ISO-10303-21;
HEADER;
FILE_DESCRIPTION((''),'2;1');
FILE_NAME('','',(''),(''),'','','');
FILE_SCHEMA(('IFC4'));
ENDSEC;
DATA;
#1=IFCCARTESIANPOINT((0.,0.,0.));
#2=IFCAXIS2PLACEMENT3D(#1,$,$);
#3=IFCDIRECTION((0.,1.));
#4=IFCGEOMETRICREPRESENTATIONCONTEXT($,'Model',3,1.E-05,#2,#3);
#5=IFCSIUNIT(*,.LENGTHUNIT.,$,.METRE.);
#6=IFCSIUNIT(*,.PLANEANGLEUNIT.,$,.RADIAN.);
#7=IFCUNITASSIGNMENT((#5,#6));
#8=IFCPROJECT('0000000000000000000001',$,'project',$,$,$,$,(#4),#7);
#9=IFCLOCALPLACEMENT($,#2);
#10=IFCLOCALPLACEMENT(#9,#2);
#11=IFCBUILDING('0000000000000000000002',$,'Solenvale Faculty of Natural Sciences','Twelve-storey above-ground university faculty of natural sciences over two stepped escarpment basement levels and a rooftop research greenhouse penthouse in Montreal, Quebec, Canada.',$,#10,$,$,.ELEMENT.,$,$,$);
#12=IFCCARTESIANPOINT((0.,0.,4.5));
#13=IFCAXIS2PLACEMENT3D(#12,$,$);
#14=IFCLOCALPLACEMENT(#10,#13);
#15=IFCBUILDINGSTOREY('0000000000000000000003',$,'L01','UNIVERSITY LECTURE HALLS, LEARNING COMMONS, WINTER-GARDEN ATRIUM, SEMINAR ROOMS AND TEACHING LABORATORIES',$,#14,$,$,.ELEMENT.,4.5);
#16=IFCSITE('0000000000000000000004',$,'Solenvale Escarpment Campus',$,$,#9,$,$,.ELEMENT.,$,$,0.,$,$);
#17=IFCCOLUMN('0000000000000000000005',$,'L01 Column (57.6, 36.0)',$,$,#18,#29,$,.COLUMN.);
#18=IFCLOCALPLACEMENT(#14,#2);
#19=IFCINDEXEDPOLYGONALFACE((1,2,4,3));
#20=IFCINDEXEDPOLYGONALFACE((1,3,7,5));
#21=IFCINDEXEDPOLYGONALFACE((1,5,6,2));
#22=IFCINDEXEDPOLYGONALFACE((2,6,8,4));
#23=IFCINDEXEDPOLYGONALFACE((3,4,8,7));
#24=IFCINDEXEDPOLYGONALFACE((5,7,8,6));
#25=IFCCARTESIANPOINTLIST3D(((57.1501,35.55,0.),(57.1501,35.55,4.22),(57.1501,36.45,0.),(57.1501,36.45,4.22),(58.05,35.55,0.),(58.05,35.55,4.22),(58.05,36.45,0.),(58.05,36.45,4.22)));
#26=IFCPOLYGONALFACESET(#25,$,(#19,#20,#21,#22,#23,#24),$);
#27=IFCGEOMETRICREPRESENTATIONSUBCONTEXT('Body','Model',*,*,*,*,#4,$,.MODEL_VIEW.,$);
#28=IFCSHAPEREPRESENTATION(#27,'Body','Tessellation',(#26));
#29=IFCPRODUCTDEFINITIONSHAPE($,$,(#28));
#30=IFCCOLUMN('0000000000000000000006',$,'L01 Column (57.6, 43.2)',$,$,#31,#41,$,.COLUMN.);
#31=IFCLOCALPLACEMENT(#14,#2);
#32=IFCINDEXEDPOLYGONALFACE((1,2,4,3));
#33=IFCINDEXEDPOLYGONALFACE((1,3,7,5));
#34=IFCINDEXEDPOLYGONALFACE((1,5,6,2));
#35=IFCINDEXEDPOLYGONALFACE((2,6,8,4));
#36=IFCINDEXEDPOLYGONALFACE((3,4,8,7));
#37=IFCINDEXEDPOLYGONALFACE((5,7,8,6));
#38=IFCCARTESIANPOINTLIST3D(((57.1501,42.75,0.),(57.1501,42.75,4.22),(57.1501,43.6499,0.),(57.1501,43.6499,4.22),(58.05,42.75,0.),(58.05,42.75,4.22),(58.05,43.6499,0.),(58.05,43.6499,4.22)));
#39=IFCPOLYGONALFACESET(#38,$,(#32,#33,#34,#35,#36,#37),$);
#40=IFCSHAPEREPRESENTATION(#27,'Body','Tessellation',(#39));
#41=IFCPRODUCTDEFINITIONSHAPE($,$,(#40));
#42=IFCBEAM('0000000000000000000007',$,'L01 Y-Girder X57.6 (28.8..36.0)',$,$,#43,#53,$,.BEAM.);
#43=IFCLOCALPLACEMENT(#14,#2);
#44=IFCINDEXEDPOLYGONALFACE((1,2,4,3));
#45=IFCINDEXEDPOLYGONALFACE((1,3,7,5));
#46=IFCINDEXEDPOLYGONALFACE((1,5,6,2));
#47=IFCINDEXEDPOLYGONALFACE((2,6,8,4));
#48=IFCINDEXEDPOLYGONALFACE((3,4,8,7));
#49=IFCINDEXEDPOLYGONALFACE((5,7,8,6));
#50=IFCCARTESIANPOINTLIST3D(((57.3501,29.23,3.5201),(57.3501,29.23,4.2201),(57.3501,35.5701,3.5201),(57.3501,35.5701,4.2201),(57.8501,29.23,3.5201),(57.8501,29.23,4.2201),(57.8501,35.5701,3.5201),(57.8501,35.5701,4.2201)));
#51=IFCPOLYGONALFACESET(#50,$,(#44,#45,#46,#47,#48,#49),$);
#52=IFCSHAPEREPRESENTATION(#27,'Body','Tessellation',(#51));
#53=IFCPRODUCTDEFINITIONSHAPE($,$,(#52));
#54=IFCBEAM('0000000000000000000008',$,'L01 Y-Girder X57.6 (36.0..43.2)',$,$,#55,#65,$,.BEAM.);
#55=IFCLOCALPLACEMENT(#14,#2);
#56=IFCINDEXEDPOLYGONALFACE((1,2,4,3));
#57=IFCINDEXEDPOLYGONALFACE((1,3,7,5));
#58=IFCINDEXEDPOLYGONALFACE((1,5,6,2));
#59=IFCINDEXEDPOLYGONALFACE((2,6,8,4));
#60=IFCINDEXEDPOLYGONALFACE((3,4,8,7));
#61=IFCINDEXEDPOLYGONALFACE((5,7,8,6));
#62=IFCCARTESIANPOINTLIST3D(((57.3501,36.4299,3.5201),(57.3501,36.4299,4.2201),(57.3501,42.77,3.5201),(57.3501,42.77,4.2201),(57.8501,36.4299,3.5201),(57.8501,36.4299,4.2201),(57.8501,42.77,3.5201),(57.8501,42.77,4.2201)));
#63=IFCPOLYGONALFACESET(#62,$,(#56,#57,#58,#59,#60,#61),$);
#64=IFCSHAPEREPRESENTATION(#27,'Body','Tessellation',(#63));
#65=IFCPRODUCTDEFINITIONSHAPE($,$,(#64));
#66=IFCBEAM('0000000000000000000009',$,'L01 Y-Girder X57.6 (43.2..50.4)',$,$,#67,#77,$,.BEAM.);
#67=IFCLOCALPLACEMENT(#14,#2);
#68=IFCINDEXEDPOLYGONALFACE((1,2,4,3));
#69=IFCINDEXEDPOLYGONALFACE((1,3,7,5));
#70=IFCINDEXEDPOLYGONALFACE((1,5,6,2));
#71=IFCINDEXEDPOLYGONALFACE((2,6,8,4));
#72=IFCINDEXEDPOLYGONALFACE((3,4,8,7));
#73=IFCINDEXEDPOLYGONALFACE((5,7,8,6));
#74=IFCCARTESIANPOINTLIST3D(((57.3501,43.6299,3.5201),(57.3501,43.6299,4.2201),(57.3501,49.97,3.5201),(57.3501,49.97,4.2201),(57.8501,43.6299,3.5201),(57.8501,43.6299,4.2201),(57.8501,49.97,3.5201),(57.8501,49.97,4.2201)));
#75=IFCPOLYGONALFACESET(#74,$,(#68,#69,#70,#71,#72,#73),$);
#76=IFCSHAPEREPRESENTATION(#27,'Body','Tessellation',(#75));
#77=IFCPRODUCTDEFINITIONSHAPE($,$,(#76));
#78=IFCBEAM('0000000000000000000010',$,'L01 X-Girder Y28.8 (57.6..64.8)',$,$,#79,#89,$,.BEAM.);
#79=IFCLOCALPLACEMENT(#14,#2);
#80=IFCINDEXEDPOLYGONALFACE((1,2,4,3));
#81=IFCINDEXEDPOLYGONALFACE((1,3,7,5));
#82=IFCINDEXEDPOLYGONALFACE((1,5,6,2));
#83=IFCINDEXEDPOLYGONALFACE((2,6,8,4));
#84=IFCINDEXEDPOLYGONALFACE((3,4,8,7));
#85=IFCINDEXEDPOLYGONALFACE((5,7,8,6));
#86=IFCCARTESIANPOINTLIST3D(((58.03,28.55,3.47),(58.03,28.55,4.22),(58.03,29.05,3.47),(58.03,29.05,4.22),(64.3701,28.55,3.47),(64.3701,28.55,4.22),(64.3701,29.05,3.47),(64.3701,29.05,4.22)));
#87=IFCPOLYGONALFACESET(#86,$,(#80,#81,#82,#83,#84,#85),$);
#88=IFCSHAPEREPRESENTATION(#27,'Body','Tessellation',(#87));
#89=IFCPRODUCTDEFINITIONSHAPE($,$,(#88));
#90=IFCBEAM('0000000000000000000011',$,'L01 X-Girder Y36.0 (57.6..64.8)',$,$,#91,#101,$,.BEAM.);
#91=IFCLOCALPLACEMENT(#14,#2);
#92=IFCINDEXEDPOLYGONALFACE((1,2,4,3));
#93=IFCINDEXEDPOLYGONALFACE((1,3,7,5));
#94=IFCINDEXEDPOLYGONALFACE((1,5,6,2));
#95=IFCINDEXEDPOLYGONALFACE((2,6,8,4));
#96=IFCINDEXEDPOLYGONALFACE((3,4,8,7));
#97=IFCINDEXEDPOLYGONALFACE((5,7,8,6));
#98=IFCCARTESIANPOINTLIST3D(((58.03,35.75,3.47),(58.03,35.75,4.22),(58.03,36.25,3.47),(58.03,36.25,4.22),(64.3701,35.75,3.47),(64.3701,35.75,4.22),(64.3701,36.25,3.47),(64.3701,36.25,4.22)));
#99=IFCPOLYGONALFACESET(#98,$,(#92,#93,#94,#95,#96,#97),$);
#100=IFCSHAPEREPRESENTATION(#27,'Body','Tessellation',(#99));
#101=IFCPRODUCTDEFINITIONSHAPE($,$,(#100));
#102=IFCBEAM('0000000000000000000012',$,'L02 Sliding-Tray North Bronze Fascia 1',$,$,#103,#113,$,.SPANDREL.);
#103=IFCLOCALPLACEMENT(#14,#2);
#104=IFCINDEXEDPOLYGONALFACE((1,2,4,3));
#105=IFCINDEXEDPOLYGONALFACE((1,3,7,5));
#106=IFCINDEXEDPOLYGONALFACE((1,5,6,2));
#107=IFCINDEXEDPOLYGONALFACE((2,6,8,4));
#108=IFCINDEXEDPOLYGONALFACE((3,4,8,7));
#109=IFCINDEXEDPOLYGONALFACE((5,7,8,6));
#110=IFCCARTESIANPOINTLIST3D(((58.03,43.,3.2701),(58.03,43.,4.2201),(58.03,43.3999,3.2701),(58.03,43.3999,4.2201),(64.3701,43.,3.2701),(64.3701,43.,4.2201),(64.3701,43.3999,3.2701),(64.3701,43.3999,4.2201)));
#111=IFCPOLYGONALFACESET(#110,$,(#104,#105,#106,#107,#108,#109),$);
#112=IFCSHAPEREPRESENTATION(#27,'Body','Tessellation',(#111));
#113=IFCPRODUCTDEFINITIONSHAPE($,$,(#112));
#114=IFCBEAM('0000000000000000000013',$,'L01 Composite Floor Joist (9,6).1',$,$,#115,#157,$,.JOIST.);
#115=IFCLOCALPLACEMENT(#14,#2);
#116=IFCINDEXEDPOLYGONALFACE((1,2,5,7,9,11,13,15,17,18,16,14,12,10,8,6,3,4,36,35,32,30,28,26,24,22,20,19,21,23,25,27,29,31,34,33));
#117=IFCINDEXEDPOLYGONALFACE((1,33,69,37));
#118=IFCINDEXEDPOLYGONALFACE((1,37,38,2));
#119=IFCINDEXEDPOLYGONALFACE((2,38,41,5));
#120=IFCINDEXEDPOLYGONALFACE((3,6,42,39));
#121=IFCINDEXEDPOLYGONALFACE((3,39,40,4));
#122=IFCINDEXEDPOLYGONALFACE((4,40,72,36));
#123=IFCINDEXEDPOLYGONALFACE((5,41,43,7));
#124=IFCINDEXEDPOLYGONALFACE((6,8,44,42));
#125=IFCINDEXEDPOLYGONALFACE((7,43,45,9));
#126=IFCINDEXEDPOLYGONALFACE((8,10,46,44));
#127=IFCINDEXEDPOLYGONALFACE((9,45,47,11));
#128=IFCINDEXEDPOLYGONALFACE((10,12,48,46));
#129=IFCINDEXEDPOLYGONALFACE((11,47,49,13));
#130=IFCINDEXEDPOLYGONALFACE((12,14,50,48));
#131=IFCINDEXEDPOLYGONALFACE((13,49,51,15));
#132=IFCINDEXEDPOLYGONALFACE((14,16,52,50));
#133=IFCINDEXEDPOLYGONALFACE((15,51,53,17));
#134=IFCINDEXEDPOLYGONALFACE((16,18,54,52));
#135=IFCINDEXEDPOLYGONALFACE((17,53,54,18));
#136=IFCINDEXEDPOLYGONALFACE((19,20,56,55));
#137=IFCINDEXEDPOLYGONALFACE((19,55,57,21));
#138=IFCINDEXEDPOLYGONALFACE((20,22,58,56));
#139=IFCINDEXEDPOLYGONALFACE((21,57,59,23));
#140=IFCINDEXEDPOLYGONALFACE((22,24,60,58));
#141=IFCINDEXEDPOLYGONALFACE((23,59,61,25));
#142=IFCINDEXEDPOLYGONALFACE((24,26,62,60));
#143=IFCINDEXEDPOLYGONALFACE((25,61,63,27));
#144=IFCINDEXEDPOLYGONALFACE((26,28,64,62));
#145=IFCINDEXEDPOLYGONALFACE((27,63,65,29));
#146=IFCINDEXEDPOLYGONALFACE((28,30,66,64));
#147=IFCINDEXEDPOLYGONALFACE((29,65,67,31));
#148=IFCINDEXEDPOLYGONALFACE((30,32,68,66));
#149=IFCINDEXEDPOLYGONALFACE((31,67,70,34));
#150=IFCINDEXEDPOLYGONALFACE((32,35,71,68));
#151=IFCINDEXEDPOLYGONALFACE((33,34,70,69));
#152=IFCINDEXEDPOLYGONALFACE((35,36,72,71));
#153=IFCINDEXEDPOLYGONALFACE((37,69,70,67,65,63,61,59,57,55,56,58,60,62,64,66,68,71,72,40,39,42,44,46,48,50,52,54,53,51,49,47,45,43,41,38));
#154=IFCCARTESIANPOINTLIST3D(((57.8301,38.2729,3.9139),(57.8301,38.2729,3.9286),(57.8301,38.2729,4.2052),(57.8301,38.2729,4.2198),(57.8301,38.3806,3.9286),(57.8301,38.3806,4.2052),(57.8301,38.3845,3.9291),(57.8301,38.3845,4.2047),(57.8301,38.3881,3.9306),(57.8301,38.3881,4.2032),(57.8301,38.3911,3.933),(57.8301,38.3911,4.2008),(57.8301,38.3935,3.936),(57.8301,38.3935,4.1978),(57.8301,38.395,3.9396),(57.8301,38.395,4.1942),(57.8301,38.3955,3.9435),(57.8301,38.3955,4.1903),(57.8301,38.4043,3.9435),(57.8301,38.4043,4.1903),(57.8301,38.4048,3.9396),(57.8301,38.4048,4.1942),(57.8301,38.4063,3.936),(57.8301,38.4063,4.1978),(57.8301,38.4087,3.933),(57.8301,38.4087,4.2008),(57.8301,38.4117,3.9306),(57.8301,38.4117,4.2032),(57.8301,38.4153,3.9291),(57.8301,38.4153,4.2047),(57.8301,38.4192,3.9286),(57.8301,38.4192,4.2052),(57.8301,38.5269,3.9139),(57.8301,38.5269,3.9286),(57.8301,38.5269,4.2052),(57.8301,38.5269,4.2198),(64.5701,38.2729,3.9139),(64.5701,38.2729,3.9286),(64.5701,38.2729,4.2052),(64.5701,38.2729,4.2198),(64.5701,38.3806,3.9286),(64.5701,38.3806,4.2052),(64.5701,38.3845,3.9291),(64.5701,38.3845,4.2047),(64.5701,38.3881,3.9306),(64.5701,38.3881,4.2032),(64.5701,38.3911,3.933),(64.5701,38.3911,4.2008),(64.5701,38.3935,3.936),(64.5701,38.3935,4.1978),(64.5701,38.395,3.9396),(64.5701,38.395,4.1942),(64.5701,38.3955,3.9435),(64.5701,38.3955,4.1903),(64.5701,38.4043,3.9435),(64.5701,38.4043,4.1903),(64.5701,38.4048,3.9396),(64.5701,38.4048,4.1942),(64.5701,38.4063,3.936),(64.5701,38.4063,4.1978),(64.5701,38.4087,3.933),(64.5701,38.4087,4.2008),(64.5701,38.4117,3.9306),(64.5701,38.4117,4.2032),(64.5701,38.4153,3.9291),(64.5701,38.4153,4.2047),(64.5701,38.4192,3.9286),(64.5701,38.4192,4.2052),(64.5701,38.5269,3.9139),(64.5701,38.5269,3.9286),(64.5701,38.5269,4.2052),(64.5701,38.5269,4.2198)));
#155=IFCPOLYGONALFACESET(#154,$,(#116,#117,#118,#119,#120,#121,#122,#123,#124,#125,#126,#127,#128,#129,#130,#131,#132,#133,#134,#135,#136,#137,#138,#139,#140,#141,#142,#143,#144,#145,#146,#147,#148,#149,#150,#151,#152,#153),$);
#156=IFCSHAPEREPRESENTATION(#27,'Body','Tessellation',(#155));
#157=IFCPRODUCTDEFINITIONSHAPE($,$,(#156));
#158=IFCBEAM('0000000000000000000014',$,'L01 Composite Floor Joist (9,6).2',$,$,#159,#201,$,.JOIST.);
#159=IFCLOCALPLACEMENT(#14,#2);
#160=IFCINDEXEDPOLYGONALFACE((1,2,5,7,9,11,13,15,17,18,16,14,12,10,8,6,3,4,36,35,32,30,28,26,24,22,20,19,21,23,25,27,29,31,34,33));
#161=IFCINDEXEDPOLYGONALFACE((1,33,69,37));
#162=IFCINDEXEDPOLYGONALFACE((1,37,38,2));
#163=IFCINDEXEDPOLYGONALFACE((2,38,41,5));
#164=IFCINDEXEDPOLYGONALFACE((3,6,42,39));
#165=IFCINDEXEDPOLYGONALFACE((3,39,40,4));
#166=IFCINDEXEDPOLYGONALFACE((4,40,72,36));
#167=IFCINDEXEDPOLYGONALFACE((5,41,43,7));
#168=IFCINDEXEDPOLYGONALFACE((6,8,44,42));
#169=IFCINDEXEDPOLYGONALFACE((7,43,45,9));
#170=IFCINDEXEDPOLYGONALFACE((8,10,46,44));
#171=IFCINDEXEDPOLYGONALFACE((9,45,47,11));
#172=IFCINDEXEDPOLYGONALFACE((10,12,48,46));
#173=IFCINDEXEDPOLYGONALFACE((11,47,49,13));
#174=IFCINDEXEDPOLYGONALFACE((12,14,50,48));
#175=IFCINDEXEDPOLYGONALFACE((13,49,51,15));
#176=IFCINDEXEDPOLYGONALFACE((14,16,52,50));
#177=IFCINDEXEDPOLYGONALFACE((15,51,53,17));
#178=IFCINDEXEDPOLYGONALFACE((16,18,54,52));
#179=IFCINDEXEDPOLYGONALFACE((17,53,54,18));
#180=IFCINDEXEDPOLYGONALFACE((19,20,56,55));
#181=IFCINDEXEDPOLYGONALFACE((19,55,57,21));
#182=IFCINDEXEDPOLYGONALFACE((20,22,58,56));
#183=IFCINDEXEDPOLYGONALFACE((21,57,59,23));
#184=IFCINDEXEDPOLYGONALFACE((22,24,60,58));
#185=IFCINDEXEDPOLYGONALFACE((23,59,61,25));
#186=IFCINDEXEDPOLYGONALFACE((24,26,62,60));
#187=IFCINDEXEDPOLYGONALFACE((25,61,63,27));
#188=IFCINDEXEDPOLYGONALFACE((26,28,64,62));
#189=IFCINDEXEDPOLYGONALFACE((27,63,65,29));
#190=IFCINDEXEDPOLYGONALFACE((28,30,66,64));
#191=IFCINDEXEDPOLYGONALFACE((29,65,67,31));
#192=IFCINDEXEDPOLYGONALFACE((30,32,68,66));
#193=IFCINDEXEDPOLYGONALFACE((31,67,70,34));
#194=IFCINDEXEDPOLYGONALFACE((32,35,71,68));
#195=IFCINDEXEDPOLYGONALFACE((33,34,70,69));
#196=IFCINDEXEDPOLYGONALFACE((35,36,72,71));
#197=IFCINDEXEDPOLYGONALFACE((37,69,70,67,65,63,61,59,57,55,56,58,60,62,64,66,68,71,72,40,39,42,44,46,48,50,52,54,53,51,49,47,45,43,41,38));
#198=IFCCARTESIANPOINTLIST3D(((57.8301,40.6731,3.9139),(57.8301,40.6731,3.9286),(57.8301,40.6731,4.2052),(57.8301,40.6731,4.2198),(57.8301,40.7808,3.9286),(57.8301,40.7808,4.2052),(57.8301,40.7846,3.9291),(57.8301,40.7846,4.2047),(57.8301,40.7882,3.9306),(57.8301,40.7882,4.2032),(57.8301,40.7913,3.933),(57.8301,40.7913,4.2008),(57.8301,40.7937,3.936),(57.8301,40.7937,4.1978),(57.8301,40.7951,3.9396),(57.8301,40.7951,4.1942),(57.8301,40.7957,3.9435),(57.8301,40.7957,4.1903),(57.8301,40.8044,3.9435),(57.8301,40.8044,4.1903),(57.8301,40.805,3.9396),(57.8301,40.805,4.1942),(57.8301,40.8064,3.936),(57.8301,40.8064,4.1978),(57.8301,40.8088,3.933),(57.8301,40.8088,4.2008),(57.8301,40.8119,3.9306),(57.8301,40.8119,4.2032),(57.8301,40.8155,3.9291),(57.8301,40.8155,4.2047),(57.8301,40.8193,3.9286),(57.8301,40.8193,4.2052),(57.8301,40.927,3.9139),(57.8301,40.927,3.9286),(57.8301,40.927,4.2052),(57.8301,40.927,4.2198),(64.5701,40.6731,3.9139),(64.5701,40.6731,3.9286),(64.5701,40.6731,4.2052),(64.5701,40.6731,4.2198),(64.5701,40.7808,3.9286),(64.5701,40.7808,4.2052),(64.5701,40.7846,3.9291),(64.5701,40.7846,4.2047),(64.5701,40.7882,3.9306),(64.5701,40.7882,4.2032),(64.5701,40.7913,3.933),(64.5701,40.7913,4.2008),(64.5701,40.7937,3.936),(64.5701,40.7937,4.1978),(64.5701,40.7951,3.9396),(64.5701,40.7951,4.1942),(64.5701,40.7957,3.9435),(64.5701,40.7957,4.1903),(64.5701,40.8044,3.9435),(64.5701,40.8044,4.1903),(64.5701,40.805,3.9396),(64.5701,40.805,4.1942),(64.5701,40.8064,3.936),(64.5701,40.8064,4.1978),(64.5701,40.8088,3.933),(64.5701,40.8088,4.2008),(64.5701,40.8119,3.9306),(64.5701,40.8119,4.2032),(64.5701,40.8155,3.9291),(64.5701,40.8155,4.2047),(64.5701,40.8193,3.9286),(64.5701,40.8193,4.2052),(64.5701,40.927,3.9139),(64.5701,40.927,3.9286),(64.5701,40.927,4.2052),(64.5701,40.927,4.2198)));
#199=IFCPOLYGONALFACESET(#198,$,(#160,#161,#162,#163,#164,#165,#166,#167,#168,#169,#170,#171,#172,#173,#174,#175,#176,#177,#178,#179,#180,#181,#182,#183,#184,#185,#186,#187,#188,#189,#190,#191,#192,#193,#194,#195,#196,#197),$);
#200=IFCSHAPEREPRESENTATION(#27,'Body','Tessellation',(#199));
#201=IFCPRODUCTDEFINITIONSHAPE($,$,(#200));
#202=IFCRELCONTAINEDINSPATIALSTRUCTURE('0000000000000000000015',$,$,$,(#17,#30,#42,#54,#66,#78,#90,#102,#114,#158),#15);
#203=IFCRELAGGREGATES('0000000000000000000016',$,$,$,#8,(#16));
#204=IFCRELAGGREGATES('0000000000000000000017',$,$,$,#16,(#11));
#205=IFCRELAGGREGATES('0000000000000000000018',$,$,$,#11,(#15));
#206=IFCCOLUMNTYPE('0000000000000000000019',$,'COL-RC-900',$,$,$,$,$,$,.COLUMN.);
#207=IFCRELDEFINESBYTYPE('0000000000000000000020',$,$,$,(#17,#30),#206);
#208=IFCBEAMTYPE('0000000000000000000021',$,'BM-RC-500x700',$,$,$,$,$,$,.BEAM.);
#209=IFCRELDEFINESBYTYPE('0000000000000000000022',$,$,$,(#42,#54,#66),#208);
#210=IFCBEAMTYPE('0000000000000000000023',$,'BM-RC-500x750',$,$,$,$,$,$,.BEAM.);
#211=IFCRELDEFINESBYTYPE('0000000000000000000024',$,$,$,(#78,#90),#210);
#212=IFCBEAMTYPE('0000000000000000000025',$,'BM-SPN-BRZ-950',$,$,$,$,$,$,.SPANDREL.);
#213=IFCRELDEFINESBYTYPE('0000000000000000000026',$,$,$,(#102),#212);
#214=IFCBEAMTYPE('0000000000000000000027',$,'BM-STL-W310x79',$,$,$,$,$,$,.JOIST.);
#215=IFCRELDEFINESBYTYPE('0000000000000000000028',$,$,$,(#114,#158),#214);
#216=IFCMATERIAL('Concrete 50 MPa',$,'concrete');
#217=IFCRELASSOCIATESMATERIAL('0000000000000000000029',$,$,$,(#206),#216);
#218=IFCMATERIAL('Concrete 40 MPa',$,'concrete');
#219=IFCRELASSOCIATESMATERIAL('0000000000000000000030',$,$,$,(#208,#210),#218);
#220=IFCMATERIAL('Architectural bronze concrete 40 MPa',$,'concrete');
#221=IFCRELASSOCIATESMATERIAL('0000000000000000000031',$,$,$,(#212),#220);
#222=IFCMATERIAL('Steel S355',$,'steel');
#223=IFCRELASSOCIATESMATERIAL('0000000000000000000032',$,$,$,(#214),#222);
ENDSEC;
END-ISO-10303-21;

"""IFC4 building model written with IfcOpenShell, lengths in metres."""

from ifc_helpers import new_model, si_unit, direction, frame, origin, origin_2d, place, context, subcontext, project, spatial, rectangle, i_section, extrude, material, material_profile, profile_set, type_object, element, save


model = new_model("IFC4")

# Units and contexts
model_context = context("Model", 3, precision=1e-05, world=origin(), true_north=direction((0.0, 1.0)))
body_context = subcontext(model_context, "Body", "Model", "MODEL_VIEW")
ifc_project = project(units=[si_unit("LENGTHUNIT", "METRE"), si_unit("PLANEANGLEUNIT", "RADIAN")], contexts=[model_context])

# Site, building, storey
site_placement = place(None, origin())
site = spatial("IfcSite", under=ifc_project, at=site_placement, Name="Solenvale Escarpment Campus", CompositionType="ELEMENT", RefElevation=0.0)
building_placement = place(site_placement, origin())
building = spatial("IfcBuilding", under=site, at=building_placement, Name="Solenvale Faculty of Natural Sciences", Description="Twelve-storey above-ground university faculty of natural sciences over two stepped escarpment basement levels and a rooftop research greenhouse penthouse in Montreal, Quebec, Canada.", CompositionType="ELEMENT")
storey_placement = place(building_placement, frame((0.0, 0.0, 4.5)))
storey = spatial("IfcBuildingStorey", under=building, at=storey_placement, Name="L01", Description="UNIVERSITY LECTURE HALLS, LEARNING COMMONS, WINTER-GARDEN ATRIUM, SEMINAR ROOMS AND TEACHING LABORATORIES", CompositionType="ELEMENT", Elevation=4.5)

# Columns
ifc_material_1 = material(Name="Concrete 50 MPa", Category="concrete")
ifc_material_profile_1 = material_profile(ifc_material_1, rectangle(XDim=0.8999, YDim=0.8999, at=origin_2d()), Name="RC-COL-900x900")
ifc_profile_set_1 = profile_set([ifc_material_profile_1], Name="Concrete 50 MPa")
column_type = type_object("IfcColumnType", Name="COL-RC-900", PredefinedType="COLUMN", material=ifc_profile_set_1)
for number, where, z_axis, x_axis, name in (
    (1, (57.6001, 36.0, 0.0), (0.0, 0.0, 1.0), (1.0, 0.0, 0.0), "L01 Column (57.6, 36.0)"),
    (2, (57.6001, 43.2, 0.0), (0.0, 0.0, 1.0), (1.0, 0.0, 0.0), "L01 Column (57.6, 43.2)"),
):
    element("IfcColumn", number, at=place(storey_placement, frame(where, z_axis=z_axis, x_axis=x_axis)), inside=storey, type_object=column_type, Name=name, PredefinedType="COLUMN", context=body_context, shape_type="SweptSolid", body=[
        extrude(rectangle(XDim=0.8999, YDim=0.8999, at=origin_2d()), origin(), (0.0, 0.0, 1.0), 4.22),
    ])

# Beams
ifc_material_2 = material(Name="Concrete 40 MPa", Category="concrete")
ifc_material_profile_2 = material_profile(ifc_material_2, rectangle(XDim=0.5, YDim=0.7, at=origin_2d()), Name="RC-BM-500x700")
ifc_profile_set_2 = profile_set([ifc_material_profile_2], Name="Concrete 40 MPa")
beam_type_1 = type_object("IfcBeamType", Name="BM-RC-500x700", PredefinedType="BEAM", material=ifc_profile_set_2)
for number, where, z_axis, x_axis, name in (
    (3, (57.6001, 29.23, 3.8701), (0.0, 1.0, 0.0), (-1.0, 0.0, 0.0), "L01 Y-Girder X57.6 (28.8..36.0)"),
    (4, (57.6001, 36.4299, 3.8701), (0.0, 1.0, 0.0), (-1.0, 0.0, 0.0), "L01 Y-Girder X57.6 (36.0..43.2)"),
    (5, (57.6001, 43.6299, 3.8701), (0.0, 1.0, 0.0), (-1.0, 0.0, 0.0), "L01 Y-Girder X57.6 (43.2..50.4)"),
):
    element("IfcBeam", number, at=place(storey_placement, frame(where, z_axis=z_axis, x_axis=x_axis)), inside=storey, type_object=beam_type_1, Name=name, PredefinedType="BEAM", context=body_context, shape_type="SweptSolid", body=[
        extrude(rectangle(XDim=0.5, YDim=0.7, at=origin_2d()), origin(), (0.0, 0.0, 1.0), 6.3401),
    ])
ifc_material_profile_3 = material_profile(ifc_material_2, rectangle(XDim=0.5, YDim=0.75, at=origin_2d()), Name="RC-BM-500x750")
ifc_profile_set_3 = profile_set([ifc_material_profile_3], Name="Concrete 40 MPa")
beam_type_2 = type_object("IfcBeamType", Name="BM-RC-500x750", PredefinedType="BEAM", material=ifc_profile_set_3)
for number, where, z_axis, x_axis, name in (
    (6, (58.03, 28.8, 3.845), (1.0, 0.0, 0.0), (0.0, 1.0, 0.0), "L01 X-Girder Y28.8 (57.6..64.8)"),
    (7, (58.03, 36.0, 3.845), (1.0, 0.0, 0.0), (0.0, 1.0, 0.0), "L01 X-Girder Y36.0 (57.6..64.8)"),
):
    element("IfcBeam", number, at=place(storey_placement, frame(where, z_axis=z_axis, x_axis=x_axis)), inside=storey, type_object=beam_type_2, Name=name, PredefinedType="BEAM", context=body_context, shape_type="SweptSolid", body=[
        extrude(rectangle(XDim=0.5, YDim=0.75, at=origin_2d()), origin(), (0.0, 0.0, 1.0), 6.3401),
    ])
ifc_material_3 = material(Name="Architectural bronze concrete 40 MPa", Category="concrete")
ifc_material_profile_4 = material_profile(ifc_material_3, rectangle(XDim=0.3999, YDim=0.95, at=origin_2d()), Name="RC-SPN-400x950")
ifc_profile_set_4 = profile_set([ifc_material_profile_4], Name="Architectural bronze concrete 40 MPa")
beam_type_3 = type_object("IfcBeamType", Name="BM-SPN-BRZ-950", PredefinedType="SPANDREL", material=ifc_profile_set_4)
beam_placement = place(storey_placement, frame((58.03, 43.2, 3.7451), z_axis=(1.0, 0.0, 0.0), x_axis=(0.0, 1.0, 0.0)))
element("IfcBeam", 8, at=beam_placement, inside=storey, type_object=beam_type_3, Name="L02 Sliding-Tray North Bronze Fascia 1", PredefinedType="SPANDREL", context=body_context, shape_type="SweptSolid", body=[
    extrude(rectangle(XDim=0.3999, YDim=0.95, at=origin_2d()), origin(), (0.0, 0.0, 1.0), 6.3401),
])
ifc_material_4 = material(Name="Steel S355", Category="steel")
ifc_material_profile_5 = material_profile(ifc_material_4, i_section(OverallWidth=0.2539, OverallDepth=0.3059, WebThickness=0.0088, FlangeThickness=0.0146, FilletRadius=0.0149, at=origin_2d()), Name="W310x79")
ifc_profile_set_5 = profile_set([ifc_material_profile_5], Name="Steel S355")
beam_type_4 = type_object("IfcBeamType", Name="BM-STL-W310x79", PredefinedType="JOIST", material=ifc_profile_set_5)
for number, where, z_axis, x_axis, name in (
    (9, (57.8301, 38.3999, 4.0669), (1.0, 0.0, 0.0), (0.0, 1.0, 0.0), "L01 Composite Floor Joist (9,6).1"),
    (10, (57.8301, 40.8, 4.0669), (1.0, 0.0, 0.0), (0.0, 1.0, 0.0), "L01 Composite Floor Joist (9,6).2"),
):
    element("IfcBeam", number, at=place(storey_placement, frame(where, z_axis=z_axis, x_axis=x_axis)), inside=storey, type_object=beam_type_4, Name=name, PredefinedType="JOIST", context=body_context, shape_type="SweptSolid", body=[
        extrude(i_section(OverallWidth=0.2539, OverallDepth=0.3059, WebThickness=0.0088, FlangeThickness=0.0146, FilletRadius=0.0149, at=origin_2d()), origin(), (0.0, 0.0, 1.0), 6.74),
    ])

save(model, "model.ifc")
